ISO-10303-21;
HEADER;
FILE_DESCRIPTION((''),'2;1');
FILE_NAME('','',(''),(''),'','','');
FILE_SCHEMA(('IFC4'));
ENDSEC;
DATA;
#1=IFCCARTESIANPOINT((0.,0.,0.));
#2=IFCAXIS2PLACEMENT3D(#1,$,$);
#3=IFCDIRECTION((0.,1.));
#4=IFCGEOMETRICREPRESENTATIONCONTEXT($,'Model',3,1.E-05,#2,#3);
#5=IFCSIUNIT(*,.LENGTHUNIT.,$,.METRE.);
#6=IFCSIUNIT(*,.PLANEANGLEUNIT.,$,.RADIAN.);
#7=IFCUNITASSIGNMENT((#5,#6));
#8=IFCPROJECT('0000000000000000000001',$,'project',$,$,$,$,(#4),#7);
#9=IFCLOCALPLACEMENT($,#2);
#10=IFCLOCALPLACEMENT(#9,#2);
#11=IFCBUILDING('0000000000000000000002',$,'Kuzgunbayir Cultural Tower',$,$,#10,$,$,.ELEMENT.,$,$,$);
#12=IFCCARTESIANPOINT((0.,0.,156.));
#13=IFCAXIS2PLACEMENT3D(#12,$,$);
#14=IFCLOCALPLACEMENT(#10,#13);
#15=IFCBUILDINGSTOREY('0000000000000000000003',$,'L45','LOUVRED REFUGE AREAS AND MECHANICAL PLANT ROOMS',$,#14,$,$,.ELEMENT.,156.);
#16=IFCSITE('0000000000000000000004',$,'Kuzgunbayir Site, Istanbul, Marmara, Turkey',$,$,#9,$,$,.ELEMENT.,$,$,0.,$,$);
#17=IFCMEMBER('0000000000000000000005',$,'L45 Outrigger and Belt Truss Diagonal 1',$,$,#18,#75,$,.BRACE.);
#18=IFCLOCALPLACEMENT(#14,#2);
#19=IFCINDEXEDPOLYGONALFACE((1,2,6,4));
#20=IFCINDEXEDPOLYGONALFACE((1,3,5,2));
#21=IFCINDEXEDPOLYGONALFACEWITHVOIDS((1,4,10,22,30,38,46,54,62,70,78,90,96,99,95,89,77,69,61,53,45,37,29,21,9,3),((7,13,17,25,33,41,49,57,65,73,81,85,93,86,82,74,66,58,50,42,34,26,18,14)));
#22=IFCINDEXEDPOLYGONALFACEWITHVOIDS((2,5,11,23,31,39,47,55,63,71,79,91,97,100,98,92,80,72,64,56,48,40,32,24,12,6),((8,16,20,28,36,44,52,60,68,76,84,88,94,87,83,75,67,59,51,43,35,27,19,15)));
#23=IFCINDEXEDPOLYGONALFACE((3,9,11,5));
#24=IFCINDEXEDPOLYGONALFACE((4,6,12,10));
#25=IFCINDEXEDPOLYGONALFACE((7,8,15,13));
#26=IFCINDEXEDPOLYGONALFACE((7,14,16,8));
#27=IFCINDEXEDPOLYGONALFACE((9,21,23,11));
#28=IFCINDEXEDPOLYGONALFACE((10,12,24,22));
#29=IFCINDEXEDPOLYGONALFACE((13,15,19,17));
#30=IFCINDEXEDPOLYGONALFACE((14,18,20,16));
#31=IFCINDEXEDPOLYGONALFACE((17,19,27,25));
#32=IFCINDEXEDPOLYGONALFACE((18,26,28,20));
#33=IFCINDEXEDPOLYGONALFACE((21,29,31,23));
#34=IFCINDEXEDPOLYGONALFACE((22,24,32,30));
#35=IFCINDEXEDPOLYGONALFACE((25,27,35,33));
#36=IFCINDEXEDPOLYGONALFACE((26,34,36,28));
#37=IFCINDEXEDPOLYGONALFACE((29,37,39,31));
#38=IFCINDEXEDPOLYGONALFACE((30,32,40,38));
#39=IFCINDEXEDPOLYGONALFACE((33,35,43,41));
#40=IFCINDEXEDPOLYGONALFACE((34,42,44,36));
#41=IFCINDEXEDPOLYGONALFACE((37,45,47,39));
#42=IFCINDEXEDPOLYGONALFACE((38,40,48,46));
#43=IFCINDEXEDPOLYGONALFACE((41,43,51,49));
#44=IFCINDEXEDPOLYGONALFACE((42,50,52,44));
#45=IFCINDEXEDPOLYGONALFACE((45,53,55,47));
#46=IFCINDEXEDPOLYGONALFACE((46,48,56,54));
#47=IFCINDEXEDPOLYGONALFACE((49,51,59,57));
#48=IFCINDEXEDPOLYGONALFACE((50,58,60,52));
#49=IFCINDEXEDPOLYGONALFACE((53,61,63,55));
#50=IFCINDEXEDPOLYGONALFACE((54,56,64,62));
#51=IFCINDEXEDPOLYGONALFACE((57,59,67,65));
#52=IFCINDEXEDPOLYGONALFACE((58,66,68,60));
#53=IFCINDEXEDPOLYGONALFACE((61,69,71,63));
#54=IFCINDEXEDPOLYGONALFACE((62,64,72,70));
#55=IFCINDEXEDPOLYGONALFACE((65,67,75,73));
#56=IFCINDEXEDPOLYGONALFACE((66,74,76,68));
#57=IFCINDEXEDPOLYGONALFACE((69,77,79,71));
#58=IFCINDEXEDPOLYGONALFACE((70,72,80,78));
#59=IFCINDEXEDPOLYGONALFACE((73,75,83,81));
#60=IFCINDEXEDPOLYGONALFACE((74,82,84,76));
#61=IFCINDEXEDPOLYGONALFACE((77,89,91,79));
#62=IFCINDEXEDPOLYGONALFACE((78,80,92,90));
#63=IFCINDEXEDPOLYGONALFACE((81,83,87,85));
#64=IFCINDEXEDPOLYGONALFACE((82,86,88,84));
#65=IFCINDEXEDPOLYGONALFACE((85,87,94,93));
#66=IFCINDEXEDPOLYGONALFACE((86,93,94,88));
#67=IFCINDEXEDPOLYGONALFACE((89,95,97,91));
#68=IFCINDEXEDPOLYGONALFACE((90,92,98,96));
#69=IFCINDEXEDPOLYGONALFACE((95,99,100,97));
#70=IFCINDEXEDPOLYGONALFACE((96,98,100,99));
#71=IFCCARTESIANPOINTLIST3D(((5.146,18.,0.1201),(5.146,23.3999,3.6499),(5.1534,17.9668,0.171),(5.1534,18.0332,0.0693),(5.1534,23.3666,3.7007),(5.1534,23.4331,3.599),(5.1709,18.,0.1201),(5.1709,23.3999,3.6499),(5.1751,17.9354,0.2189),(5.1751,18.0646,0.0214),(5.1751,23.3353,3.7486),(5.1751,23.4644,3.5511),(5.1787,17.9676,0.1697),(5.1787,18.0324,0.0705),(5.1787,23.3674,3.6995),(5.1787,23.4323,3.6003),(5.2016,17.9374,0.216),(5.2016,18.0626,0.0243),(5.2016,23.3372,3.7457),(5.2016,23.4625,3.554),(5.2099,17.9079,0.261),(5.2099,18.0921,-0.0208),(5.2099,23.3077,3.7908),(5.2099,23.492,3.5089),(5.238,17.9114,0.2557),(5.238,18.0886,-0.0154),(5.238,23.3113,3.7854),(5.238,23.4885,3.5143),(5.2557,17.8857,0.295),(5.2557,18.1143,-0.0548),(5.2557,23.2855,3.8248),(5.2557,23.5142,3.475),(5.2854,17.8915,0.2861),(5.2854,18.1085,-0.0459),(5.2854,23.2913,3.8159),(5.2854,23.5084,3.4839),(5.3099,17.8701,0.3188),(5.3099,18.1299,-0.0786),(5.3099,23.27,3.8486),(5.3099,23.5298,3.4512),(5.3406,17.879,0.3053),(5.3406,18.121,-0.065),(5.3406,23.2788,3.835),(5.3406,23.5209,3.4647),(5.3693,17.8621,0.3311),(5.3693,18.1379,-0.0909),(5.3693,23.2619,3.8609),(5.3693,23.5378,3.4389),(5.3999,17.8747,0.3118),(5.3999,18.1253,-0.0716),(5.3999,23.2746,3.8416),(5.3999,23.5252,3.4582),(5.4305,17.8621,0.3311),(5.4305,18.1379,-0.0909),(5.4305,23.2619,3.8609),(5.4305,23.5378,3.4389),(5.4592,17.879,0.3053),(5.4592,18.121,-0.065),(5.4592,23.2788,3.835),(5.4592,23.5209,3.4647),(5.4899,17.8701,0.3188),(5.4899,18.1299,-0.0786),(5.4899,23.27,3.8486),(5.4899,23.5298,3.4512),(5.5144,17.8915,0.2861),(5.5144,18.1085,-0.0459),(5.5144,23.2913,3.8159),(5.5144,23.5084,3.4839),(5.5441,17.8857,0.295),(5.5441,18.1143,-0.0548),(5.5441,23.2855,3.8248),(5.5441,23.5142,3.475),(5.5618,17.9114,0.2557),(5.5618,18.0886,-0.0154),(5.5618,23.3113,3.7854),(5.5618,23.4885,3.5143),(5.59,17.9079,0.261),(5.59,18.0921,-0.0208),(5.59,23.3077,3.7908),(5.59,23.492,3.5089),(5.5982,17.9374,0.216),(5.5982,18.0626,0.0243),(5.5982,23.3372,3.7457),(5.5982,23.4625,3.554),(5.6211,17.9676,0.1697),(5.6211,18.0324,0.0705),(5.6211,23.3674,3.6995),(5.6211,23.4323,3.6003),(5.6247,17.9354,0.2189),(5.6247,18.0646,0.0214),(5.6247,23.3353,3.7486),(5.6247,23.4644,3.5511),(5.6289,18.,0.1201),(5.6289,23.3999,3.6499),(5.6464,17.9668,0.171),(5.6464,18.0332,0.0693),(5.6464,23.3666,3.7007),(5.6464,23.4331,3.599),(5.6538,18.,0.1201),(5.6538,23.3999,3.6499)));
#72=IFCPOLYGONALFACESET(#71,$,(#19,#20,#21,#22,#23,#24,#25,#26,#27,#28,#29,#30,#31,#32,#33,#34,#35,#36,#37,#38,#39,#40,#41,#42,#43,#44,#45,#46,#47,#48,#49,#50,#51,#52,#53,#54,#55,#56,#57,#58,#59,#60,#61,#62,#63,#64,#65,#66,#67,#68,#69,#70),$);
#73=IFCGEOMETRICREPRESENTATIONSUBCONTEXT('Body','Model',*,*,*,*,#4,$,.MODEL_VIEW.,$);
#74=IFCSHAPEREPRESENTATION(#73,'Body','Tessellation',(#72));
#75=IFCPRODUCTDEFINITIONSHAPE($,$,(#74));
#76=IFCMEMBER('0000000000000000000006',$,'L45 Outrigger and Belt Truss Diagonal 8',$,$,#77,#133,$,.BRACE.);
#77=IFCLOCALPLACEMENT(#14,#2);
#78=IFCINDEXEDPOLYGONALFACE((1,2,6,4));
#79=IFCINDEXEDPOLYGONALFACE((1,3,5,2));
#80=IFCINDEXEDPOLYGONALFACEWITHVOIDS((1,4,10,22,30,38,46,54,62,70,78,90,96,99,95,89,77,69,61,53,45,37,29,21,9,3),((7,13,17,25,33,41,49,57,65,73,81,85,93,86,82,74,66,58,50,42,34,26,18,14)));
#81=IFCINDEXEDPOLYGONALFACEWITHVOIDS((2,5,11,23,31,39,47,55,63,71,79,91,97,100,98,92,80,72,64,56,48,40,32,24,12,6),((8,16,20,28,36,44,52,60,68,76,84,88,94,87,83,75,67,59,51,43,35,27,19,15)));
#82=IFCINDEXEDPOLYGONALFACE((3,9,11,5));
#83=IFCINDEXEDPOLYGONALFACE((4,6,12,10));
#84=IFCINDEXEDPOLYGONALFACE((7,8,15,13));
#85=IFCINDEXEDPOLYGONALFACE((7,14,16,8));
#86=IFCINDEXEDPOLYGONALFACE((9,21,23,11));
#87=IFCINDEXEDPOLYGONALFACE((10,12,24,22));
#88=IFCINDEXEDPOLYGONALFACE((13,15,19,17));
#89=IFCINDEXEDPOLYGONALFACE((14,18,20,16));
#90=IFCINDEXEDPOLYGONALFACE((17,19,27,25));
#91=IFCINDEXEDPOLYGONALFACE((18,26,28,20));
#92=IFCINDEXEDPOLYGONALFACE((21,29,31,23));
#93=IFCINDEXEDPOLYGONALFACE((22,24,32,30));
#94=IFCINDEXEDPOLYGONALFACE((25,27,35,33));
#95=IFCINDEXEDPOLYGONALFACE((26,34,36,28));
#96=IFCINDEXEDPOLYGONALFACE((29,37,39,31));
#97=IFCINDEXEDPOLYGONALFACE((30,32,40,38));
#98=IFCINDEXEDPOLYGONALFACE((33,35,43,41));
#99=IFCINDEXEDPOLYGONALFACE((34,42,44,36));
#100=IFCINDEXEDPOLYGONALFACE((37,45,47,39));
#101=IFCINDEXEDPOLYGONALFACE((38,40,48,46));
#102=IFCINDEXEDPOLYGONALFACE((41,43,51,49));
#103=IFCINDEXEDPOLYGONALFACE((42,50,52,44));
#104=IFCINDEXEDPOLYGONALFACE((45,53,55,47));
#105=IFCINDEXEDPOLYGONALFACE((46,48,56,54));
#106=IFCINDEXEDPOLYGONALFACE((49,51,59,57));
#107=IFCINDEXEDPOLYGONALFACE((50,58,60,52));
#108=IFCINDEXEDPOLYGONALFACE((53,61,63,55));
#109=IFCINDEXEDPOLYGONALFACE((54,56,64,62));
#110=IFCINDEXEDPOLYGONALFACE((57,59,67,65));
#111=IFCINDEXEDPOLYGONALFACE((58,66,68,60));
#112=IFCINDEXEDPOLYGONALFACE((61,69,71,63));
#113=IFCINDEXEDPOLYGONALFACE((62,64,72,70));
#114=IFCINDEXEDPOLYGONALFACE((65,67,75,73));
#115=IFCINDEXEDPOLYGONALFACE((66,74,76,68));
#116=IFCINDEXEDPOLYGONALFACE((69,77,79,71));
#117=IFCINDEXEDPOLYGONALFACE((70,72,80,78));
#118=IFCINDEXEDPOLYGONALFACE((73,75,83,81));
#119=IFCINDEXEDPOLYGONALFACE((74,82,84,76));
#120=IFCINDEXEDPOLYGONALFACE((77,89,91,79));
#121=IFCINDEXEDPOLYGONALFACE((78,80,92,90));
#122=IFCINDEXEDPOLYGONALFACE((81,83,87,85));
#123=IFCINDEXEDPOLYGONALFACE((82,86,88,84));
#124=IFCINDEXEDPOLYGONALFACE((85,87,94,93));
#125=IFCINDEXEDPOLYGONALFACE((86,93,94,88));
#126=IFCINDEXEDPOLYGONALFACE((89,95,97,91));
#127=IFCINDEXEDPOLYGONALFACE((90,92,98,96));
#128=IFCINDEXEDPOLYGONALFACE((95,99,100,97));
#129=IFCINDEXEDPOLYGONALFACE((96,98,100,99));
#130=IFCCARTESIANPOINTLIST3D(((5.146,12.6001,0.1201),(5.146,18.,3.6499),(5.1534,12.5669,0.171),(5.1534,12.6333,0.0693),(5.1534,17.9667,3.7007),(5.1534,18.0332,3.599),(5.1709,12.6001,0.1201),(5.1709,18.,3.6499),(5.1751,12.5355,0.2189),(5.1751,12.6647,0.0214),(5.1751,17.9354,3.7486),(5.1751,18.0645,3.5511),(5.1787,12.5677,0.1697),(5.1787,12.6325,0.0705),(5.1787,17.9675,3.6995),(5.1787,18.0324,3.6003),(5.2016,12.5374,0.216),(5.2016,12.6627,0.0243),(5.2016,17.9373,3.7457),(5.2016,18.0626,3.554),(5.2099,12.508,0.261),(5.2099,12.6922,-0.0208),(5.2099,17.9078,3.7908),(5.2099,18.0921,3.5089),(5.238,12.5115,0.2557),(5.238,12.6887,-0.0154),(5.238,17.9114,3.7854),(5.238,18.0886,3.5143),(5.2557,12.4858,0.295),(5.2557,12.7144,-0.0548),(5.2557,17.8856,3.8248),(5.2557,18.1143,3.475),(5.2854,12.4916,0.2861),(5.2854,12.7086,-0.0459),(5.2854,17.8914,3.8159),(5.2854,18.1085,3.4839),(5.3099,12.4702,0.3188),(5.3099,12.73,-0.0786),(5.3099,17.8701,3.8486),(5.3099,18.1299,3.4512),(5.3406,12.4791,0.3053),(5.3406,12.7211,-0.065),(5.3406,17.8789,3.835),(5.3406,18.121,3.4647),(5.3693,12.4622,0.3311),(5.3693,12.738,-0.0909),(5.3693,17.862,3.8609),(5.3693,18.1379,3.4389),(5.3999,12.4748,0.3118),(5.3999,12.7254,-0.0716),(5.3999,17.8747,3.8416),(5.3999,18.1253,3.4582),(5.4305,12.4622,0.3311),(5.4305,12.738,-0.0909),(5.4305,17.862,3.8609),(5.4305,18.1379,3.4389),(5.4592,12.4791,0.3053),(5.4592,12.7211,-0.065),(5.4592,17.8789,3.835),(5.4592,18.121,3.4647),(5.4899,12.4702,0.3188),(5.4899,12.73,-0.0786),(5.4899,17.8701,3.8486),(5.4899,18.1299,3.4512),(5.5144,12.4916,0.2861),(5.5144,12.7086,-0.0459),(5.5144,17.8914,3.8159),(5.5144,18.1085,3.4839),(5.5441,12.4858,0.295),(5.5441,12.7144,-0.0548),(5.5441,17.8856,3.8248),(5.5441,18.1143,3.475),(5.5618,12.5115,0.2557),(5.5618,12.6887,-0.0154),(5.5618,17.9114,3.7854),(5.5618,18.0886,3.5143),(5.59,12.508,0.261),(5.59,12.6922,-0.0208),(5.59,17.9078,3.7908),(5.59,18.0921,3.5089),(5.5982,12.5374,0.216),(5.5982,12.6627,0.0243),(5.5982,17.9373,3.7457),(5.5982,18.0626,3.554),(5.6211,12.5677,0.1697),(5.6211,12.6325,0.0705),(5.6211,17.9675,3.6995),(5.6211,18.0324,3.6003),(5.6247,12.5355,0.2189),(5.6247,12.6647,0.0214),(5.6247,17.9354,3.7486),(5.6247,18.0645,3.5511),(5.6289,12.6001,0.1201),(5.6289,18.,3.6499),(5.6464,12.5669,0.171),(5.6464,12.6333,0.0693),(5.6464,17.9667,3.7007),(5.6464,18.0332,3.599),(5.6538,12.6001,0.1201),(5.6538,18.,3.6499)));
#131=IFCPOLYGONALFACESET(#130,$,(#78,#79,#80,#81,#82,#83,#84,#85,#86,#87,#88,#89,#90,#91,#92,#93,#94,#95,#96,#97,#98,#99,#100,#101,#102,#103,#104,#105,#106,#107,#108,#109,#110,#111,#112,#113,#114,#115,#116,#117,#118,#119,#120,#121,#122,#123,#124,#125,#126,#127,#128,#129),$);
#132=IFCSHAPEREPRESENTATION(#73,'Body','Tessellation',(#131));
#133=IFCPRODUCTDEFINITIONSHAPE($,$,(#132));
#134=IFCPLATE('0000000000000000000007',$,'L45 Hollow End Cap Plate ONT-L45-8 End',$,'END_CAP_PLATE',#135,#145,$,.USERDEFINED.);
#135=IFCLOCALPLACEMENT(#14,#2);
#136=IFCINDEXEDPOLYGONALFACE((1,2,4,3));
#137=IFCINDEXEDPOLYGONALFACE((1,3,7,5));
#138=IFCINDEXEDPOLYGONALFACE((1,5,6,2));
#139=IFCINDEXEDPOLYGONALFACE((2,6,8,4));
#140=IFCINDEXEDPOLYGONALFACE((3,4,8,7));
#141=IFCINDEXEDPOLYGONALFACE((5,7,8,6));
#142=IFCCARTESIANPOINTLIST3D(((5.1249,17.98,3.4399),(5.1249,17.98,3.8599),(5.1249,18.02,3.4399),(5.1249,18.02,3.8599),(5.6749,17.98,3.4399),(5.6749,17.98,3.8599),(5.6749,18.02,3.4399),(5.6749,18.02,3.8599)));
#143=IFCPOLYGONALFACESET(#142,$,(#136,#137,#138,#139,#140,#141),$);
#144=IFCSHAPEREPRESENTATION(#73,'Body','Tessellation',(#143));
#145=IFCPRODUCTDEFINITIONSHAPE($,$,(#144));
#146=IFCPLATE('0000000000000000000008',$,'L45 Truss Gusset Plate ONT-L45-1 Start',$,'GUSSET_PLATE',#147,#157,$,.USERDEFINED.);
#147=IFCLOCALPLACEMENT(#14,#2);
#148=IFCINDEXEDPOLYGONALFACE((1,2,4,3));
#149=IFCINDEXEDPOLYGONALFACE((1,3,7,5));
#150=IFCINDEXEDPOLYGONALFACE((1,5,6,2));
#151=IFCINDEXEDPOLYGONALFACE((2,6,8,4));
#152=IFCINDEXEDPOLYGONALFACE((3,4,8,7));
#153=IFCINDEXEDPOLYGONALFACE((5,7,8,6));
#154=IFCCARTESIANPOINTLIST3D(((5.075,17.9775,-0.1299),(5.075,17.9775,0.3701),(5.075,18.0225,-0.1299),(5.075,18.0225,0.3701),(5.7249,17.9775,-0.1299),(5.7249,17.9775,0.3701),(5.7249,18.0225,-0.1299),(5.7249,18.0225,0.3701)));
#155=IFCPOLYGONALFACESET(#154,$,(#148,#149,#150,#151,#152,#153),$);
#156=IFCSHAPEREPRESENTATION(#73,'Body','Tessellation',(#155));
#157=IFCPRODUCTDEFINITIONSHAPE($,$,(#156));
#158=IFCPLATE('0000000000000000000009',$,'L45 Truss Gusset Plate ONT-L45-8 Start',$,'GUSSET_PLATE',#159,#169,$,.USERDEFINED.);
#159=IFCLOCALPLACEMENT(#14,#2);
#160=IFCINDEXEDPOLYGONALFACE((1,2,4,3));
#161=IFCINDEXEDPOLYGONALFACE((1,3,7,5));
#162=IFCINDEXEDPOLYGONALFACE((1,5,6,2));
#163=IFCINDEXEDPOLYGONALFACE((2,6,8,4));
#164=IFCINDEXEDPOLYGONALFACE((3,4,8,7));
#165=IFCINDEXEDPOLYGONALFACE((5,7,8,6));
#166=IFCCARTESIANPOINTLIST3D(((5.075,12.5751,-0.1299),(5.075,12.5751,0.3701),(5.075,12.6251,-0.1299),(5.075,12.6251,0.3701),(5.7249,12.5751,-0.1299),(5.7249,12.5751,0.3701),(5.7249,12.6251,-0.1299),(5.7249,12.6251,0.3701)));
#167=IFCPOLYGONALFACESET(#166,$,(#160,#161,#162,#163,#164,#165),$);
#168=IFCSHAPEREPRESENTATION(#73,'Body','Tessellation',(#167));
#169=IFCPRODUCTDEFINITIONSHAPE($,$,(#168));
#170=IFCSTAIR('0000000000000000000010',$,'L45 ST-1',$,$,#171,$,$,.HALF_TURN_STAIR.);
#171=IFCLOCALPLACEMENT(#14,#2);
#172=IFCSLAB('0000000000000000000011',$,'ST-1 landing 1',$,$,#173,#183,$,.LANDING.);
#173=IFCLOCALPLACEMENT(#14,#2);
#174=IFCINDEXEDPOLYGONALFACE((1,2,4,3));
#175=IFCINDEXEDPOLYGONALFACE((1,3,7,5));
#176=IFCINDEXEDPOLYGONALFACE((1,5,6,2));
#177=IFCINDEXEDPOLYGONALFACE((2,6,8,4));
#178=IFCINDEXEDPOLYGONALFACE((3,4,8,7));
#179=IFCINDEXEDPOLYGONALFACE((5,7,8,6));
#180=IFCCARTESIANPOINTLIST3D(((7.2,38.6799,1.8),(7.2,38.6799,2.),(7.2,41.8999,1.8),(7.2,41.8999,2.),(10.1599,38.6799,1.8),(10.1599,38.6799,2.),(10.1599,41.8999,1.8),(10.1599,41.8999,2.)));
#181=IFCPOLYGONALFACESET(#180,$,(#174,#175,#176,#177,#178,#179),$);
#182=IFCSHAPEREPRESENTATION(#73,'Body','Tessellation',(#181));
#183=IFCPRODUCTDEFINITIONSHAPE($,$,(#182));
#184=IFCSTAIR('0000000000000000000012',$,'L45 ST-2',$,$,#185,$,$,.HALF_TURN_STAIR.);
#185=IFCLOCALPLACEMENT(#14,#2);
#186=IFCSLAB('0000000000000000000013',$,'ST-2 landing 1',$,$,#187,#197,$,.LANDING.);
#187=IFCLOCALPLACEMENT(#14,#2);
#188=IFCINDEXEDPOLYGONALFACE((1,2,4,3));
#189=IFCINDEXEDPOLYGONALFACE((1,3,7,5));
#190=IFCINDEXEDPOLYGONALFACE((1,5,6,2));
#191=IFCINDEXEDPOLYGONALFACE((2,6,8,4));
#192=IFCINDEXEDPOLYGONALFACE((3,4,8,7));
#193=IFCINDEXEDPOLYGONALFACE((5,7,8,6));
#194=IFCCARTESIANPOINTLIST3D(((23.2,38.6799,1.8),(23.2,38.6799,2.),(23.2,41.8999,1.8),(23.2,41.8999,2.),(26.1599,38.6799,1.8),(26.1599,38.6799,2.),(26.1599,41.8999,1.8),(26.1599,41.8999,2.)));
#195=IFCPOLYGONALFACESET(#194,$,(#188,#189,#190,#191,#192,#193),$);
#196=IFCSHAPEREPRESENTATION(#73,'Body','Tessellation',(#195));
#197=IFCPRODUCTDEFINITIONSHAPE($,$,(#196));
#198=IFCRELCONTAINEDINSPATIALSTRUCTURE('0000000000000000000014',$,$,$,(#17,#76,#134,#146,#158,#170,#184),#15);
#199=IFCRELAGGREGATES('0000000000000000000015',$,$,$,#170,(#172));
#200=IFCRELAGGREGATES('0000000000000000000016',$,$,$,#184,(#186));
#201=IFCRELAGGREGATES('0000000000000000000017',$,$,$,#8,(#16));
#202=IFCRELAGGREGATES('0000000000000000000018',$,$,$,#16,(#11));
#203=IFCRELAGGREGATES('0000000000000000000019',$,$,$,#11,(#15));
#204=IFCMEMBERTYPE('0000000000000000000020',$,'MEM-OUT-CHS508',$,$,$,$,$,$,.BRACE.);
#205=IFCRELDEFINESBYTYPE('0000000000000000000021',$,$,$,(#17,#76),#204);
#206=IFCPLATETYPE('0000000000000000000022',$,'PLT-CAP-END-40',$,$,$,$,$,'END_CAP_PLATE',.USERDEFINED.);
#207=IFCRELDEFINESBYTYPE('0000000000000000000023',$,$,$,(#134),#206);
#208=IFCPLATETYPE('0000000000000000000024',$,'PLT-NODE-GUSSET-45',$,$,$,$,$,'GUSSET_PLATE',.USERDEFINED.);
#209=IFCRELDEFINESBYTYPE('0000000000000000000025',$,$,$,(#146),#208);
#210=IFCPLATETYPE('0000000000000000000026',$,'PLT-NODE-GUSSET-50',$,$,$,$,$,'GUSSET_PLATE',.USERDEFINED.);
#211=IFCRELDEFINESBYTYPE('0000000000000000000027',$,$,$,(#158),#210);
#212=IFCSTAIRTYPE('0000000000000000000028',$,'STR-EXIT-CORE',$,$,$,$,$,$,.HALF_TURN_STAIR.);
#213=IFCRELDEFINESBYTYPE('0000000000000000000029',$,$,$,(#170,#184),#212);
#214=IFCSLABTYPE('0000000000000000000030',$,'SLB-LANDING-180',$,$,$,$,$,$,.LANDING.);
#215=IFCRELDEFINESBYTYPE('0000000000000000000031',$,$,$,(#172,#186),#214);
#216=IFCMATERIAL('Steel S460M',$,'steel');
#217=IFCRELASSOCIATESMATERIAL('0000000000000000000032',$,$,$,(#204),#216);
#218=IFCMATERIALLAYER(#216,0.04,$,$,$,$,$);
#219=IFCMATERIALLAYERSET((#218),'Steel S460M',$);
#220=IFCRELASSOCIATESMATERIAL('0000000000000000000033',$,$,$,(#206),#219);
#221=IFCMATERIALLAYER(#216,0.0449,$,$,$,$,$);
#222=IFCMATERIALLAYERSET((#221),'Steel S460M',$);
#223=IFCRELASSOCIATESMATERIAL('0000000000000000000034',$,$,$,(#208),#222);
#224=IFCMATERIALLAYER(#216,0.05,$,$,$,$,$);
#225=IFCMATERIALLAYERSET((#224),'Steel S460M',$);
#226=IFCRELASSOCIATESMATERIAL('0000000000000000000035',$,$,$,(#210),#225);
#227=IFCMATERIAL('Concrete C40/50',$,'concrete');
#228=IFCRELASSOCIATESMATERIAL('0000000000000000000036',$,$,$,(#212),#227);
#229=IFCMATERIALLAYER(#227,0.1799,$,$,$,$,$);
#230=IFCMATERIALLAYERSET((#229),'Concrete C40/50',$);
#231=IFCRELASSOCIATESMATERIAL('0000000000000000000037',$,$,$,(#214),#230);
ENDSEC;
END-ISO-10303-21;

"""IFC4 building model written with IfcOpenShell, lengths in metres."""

from ifc_helpers import new_model, si_unit, direction, frame, origin, origin_2d, place, context, subcontext, project, spatial, polyline, rectangle, hollow_circle, outline, extrude, material, layer, layer_set, material_profile, profile_set, type_object, element, aggregate, save


model = new_model("IFC4")

# Units and contexts
model_context = context("Model", 3, precision=1e-05, world=origin(), true_north=direction((0.0, 1.0)))
body_context = subcontext(model_context, "Body", "Model", "MODEL_VIEW")
ifc_project = project(units=[si_unit("LENGTHUNIT", "METRE"), si_unit("PLANEANGLEUNIT", "RADIAN")], contexts=[model_context])

# Site, building, storey
site_placement = place(None, origin())
site = spatial("IfcSite", under=ifc_project, at=site_placement, Name="Kuzgunbayir Site, Istanbul, Marmara, Turkey", CompositionType="ELEMENT", RefElevation=0.0)
building_placement = place(site_placement, origin())
building = spatial("IfcBuilding", under=site, at=building_placement, Name="Kuzgunbayir Cultural Tower", CompositionType="ELEMENT")
storey_placement = place(building_placement, frame((0.0, 0.0, 156.0)))
storey = spatial("IfcBuildingStorey", under=building, at=storey_placement, Name="L45", Description="LOUVRED REFUGE AREAS AND MECHANICAL PLANT ROOMS", CompositionType="ELEMENT", Elevation=156.0)

# Members
ifc_material_1 = material(Name="Steel S460M", Category="steel")
ifc_material_profile_1 = material_profile(ifc_material_1, hollow_circle(Radius=0.2539, WallThickness=0.0249, at=origin_2d()), Name="CHS 508x25")
ifc_profile_set_1 = profile_set([ifc_material_profile_1], Name="Steel S460M")
member_type = type_object("IfcMemberType", Name="MEM-OUT-CHS508", PredefinedType="BRACE", material=ifc_profile_set_1)
for number, where, z_axis, x_axis, name in (
    (1, (5.3999, 18.0, 0.1201), (0.0, 0.837035, 0.547149), (-1.0, 0.0, 0.0), "L45 Outrigger and Belt Truss Diagonal 1"),
    (2, (5.3999, 12.6001, 0.1201), (0.0, 0.837035, 0.547149), (-1.0, 0.0, 0.0), "L45 Outrigger and Belt Truss Diagonal 8"),
):
    element("IfcMember", number, at=place(storey_placement, frame(where, z_axis=z_axis, x_axis=x_axis)), inside=storey, type_object=member_type, Name=name, PredefinedType="BRACE", context=body_context, shape_type="SweptSolid", body=[
        extrude(hollow_circle(Radius=0.2539, WallThickness=0.0249, at=origin_2d()), origin(), (0.0, 0.0, 1.0), 6.4512),
    ])

# Plates
ifc_layer_1 = layer(ifc_material_1, 0.04)
ifc_layer_set_1 = layer_set([ifc_layer_1], Name="Steel S460M")
plate_type_1 = type_object("IfcPlateType", Name="PLT-CAP-END-40", ElementType="END_CAP_PLATE", PredefinedType="USERDEFINED", material=ifc_layer_set_1)
plate_1_placement = place(storey_placement, frame((5.3999, 18.0, 3.4399), z_axis=(0.0, 0.0, 1.0), x_axis=(1.0, 0.0, 0.0)))
element("IfcPlate", 3, at=plate_1_placement, inside=storey, type_object=plate_type_1, Name="L45 Hollow End Cap Plate ONT-L45-8 End", ObjectType="END_CAP_PLATE", PredefinedType="USERDEFINED", context=body_context, shape_type="SweptSolid", body=[
    extrude(rectangle(XDim=0.55, YDim=0.04, at=origin_2d()), origin(), (0.0, 0.0, 1.0), 0.4199),
])
ifc_layer_2 = layer(ifc_material_1, 0.0449)
ifc_layer_set_2 = layer_set([ifc_layer_2], Name="Steel S460M")
plate_type_2 = type_object("IfcPlateType", Name="PLT-NODE-GUSSET-45", ElementType="GUSSET_PLATE", PredefinedType="USERDEFINED", material=ifc_layer_set_2)
plate_2_placement = place(storey_placement, frame((5.3999, 18.0, -0.1299), z_axis=(0.0, 0.0, 1.0), x_axis=(1.0, 0.0, 0.0)))
element("IfcPlate", 4, at=plate_2_placement, inside=storey, type_object=plate_type_2, Name="L45 Truss Gusset Plate ONT-L45-1 Start", ObjectType="GUSSET_PLATE", PredefinedType="USERDEFINED", context=body_context, shape_type="SweptSolid", body=[
    extrude(rectangle(XDim=0.6499, YDim=0.0449, at=origin_2d()), origin(), (0.0, 0.0, 1.0), 0.5),
])
ifc_layer_3 = layer(ifc_material_1, 0.05)
ifc_layer_set_3 = layer_set([ifc_layer_3], Name="Steel S460M")
plate_type_3 = type_object("IfcPlateType", Name="PLT-NODE-GUSSET-50", ElementType="GUSSET_PLATE", PredefinedType="USERDEFINED", material=ifc_layer_set_3)
plate_3_placement = place(storey_placement, frame((5.3999, 12.6001, -0.1299), z_axis=(0.0, 0.0, 1.0), x_axis=(1.0, 0.0, 0.0)))
element("IfcPlate", 5, at=plate_3_placement, inside=storey, type_object=plate_type_3, Name="L45 Truss Gusset Plate ONT-L45-8 Start", ObjectType="GUSSET_PLATE", PredefinedType="USERDEFINED", context=body_context, shape_type="SweptSolid", body=[
    extrude(rectangle(XDim=0.6499, YDim=0.05, at=origin_2d()), origin(), (0.0, 0.0, 1.0), 0.5),
])

# Stairs, slabs
ifc_material_2 = material(Name="Concrete C40/50", Category="concrete")
stair_type = type_object("IfcStairType", Name="STR-EXIT-CORE", PredefinedType="HALF_TURN_STAIR", material=ifc_material_2)
stair_1_placement = place(storey_placement, origin())
stair_1 = element("IfcStair", 6, at=stair_1_placement, inside=storey, type_object=stair_type, Name="L45 ST-1", PredefinedType="HALF_TURN_STAIR")
ifc_layer_4 = layer(ifc_material_2, 0.1799)
ifc_layer_set_4 = layer_set([ifc_layer_4], Name="Concrete C40/50")
slab_type_1 = type_object("IfcSlabType", Name="SLB-LANDING-180", PredefinedType="LANDING", material=ifc_layer_set_4)
slab_1_placement = place(storey_placement, frame((0.0, 0.0, 1.8)))
slab_1 = element("IfcSlab", 7, at=slab_1_placement, type_object=slab_type_1, Name="ST-1 landing 1", PredefinedType="LANDING", context=body_context, shape_type="SweptSolid", body=[
    extrude(outline(polyline([(10.1599, 38.6799), (10.1599, 41.8999), (7.2, 41.8999), (7.2, 38.6799), (10.1599, 38.6799)])), origin(), (0.0, 0.0, 1.0), 0.2),
])
aggregate(stair_1, [slab_1])
stair_2_placement = place(storey_placement, origin())
stair_2 = element("IfcStair", 8, at=stair_2_placement, inside=storey, type_object=stair_type, Name="L45 ST-2", PredefinedType="HALF_TURN_STAIR")
slab_2_placement = place(storey_placement, frame((0.0, 0.0, 1.8)))
slab_2 = element("IfcSlab", 9, at=slab_2_placement, type_object=slab_type_1, Name="ST-2 landing 1", PredefinedType="LANDING", context=body_context, shape_type="SweptSolid", body=[
    extrude(outline(polyline([(26.1599, 38.6799), (26.1599, 41.8999), (23.2, 41.8999), (23.2, 38.6799), (26.1599, 38.6799)])), origin(), (0.0, 0.0, 1.0), 0.2),
])
aggregate(stair_2, [slab_2])

save(model, "model.ifc")
